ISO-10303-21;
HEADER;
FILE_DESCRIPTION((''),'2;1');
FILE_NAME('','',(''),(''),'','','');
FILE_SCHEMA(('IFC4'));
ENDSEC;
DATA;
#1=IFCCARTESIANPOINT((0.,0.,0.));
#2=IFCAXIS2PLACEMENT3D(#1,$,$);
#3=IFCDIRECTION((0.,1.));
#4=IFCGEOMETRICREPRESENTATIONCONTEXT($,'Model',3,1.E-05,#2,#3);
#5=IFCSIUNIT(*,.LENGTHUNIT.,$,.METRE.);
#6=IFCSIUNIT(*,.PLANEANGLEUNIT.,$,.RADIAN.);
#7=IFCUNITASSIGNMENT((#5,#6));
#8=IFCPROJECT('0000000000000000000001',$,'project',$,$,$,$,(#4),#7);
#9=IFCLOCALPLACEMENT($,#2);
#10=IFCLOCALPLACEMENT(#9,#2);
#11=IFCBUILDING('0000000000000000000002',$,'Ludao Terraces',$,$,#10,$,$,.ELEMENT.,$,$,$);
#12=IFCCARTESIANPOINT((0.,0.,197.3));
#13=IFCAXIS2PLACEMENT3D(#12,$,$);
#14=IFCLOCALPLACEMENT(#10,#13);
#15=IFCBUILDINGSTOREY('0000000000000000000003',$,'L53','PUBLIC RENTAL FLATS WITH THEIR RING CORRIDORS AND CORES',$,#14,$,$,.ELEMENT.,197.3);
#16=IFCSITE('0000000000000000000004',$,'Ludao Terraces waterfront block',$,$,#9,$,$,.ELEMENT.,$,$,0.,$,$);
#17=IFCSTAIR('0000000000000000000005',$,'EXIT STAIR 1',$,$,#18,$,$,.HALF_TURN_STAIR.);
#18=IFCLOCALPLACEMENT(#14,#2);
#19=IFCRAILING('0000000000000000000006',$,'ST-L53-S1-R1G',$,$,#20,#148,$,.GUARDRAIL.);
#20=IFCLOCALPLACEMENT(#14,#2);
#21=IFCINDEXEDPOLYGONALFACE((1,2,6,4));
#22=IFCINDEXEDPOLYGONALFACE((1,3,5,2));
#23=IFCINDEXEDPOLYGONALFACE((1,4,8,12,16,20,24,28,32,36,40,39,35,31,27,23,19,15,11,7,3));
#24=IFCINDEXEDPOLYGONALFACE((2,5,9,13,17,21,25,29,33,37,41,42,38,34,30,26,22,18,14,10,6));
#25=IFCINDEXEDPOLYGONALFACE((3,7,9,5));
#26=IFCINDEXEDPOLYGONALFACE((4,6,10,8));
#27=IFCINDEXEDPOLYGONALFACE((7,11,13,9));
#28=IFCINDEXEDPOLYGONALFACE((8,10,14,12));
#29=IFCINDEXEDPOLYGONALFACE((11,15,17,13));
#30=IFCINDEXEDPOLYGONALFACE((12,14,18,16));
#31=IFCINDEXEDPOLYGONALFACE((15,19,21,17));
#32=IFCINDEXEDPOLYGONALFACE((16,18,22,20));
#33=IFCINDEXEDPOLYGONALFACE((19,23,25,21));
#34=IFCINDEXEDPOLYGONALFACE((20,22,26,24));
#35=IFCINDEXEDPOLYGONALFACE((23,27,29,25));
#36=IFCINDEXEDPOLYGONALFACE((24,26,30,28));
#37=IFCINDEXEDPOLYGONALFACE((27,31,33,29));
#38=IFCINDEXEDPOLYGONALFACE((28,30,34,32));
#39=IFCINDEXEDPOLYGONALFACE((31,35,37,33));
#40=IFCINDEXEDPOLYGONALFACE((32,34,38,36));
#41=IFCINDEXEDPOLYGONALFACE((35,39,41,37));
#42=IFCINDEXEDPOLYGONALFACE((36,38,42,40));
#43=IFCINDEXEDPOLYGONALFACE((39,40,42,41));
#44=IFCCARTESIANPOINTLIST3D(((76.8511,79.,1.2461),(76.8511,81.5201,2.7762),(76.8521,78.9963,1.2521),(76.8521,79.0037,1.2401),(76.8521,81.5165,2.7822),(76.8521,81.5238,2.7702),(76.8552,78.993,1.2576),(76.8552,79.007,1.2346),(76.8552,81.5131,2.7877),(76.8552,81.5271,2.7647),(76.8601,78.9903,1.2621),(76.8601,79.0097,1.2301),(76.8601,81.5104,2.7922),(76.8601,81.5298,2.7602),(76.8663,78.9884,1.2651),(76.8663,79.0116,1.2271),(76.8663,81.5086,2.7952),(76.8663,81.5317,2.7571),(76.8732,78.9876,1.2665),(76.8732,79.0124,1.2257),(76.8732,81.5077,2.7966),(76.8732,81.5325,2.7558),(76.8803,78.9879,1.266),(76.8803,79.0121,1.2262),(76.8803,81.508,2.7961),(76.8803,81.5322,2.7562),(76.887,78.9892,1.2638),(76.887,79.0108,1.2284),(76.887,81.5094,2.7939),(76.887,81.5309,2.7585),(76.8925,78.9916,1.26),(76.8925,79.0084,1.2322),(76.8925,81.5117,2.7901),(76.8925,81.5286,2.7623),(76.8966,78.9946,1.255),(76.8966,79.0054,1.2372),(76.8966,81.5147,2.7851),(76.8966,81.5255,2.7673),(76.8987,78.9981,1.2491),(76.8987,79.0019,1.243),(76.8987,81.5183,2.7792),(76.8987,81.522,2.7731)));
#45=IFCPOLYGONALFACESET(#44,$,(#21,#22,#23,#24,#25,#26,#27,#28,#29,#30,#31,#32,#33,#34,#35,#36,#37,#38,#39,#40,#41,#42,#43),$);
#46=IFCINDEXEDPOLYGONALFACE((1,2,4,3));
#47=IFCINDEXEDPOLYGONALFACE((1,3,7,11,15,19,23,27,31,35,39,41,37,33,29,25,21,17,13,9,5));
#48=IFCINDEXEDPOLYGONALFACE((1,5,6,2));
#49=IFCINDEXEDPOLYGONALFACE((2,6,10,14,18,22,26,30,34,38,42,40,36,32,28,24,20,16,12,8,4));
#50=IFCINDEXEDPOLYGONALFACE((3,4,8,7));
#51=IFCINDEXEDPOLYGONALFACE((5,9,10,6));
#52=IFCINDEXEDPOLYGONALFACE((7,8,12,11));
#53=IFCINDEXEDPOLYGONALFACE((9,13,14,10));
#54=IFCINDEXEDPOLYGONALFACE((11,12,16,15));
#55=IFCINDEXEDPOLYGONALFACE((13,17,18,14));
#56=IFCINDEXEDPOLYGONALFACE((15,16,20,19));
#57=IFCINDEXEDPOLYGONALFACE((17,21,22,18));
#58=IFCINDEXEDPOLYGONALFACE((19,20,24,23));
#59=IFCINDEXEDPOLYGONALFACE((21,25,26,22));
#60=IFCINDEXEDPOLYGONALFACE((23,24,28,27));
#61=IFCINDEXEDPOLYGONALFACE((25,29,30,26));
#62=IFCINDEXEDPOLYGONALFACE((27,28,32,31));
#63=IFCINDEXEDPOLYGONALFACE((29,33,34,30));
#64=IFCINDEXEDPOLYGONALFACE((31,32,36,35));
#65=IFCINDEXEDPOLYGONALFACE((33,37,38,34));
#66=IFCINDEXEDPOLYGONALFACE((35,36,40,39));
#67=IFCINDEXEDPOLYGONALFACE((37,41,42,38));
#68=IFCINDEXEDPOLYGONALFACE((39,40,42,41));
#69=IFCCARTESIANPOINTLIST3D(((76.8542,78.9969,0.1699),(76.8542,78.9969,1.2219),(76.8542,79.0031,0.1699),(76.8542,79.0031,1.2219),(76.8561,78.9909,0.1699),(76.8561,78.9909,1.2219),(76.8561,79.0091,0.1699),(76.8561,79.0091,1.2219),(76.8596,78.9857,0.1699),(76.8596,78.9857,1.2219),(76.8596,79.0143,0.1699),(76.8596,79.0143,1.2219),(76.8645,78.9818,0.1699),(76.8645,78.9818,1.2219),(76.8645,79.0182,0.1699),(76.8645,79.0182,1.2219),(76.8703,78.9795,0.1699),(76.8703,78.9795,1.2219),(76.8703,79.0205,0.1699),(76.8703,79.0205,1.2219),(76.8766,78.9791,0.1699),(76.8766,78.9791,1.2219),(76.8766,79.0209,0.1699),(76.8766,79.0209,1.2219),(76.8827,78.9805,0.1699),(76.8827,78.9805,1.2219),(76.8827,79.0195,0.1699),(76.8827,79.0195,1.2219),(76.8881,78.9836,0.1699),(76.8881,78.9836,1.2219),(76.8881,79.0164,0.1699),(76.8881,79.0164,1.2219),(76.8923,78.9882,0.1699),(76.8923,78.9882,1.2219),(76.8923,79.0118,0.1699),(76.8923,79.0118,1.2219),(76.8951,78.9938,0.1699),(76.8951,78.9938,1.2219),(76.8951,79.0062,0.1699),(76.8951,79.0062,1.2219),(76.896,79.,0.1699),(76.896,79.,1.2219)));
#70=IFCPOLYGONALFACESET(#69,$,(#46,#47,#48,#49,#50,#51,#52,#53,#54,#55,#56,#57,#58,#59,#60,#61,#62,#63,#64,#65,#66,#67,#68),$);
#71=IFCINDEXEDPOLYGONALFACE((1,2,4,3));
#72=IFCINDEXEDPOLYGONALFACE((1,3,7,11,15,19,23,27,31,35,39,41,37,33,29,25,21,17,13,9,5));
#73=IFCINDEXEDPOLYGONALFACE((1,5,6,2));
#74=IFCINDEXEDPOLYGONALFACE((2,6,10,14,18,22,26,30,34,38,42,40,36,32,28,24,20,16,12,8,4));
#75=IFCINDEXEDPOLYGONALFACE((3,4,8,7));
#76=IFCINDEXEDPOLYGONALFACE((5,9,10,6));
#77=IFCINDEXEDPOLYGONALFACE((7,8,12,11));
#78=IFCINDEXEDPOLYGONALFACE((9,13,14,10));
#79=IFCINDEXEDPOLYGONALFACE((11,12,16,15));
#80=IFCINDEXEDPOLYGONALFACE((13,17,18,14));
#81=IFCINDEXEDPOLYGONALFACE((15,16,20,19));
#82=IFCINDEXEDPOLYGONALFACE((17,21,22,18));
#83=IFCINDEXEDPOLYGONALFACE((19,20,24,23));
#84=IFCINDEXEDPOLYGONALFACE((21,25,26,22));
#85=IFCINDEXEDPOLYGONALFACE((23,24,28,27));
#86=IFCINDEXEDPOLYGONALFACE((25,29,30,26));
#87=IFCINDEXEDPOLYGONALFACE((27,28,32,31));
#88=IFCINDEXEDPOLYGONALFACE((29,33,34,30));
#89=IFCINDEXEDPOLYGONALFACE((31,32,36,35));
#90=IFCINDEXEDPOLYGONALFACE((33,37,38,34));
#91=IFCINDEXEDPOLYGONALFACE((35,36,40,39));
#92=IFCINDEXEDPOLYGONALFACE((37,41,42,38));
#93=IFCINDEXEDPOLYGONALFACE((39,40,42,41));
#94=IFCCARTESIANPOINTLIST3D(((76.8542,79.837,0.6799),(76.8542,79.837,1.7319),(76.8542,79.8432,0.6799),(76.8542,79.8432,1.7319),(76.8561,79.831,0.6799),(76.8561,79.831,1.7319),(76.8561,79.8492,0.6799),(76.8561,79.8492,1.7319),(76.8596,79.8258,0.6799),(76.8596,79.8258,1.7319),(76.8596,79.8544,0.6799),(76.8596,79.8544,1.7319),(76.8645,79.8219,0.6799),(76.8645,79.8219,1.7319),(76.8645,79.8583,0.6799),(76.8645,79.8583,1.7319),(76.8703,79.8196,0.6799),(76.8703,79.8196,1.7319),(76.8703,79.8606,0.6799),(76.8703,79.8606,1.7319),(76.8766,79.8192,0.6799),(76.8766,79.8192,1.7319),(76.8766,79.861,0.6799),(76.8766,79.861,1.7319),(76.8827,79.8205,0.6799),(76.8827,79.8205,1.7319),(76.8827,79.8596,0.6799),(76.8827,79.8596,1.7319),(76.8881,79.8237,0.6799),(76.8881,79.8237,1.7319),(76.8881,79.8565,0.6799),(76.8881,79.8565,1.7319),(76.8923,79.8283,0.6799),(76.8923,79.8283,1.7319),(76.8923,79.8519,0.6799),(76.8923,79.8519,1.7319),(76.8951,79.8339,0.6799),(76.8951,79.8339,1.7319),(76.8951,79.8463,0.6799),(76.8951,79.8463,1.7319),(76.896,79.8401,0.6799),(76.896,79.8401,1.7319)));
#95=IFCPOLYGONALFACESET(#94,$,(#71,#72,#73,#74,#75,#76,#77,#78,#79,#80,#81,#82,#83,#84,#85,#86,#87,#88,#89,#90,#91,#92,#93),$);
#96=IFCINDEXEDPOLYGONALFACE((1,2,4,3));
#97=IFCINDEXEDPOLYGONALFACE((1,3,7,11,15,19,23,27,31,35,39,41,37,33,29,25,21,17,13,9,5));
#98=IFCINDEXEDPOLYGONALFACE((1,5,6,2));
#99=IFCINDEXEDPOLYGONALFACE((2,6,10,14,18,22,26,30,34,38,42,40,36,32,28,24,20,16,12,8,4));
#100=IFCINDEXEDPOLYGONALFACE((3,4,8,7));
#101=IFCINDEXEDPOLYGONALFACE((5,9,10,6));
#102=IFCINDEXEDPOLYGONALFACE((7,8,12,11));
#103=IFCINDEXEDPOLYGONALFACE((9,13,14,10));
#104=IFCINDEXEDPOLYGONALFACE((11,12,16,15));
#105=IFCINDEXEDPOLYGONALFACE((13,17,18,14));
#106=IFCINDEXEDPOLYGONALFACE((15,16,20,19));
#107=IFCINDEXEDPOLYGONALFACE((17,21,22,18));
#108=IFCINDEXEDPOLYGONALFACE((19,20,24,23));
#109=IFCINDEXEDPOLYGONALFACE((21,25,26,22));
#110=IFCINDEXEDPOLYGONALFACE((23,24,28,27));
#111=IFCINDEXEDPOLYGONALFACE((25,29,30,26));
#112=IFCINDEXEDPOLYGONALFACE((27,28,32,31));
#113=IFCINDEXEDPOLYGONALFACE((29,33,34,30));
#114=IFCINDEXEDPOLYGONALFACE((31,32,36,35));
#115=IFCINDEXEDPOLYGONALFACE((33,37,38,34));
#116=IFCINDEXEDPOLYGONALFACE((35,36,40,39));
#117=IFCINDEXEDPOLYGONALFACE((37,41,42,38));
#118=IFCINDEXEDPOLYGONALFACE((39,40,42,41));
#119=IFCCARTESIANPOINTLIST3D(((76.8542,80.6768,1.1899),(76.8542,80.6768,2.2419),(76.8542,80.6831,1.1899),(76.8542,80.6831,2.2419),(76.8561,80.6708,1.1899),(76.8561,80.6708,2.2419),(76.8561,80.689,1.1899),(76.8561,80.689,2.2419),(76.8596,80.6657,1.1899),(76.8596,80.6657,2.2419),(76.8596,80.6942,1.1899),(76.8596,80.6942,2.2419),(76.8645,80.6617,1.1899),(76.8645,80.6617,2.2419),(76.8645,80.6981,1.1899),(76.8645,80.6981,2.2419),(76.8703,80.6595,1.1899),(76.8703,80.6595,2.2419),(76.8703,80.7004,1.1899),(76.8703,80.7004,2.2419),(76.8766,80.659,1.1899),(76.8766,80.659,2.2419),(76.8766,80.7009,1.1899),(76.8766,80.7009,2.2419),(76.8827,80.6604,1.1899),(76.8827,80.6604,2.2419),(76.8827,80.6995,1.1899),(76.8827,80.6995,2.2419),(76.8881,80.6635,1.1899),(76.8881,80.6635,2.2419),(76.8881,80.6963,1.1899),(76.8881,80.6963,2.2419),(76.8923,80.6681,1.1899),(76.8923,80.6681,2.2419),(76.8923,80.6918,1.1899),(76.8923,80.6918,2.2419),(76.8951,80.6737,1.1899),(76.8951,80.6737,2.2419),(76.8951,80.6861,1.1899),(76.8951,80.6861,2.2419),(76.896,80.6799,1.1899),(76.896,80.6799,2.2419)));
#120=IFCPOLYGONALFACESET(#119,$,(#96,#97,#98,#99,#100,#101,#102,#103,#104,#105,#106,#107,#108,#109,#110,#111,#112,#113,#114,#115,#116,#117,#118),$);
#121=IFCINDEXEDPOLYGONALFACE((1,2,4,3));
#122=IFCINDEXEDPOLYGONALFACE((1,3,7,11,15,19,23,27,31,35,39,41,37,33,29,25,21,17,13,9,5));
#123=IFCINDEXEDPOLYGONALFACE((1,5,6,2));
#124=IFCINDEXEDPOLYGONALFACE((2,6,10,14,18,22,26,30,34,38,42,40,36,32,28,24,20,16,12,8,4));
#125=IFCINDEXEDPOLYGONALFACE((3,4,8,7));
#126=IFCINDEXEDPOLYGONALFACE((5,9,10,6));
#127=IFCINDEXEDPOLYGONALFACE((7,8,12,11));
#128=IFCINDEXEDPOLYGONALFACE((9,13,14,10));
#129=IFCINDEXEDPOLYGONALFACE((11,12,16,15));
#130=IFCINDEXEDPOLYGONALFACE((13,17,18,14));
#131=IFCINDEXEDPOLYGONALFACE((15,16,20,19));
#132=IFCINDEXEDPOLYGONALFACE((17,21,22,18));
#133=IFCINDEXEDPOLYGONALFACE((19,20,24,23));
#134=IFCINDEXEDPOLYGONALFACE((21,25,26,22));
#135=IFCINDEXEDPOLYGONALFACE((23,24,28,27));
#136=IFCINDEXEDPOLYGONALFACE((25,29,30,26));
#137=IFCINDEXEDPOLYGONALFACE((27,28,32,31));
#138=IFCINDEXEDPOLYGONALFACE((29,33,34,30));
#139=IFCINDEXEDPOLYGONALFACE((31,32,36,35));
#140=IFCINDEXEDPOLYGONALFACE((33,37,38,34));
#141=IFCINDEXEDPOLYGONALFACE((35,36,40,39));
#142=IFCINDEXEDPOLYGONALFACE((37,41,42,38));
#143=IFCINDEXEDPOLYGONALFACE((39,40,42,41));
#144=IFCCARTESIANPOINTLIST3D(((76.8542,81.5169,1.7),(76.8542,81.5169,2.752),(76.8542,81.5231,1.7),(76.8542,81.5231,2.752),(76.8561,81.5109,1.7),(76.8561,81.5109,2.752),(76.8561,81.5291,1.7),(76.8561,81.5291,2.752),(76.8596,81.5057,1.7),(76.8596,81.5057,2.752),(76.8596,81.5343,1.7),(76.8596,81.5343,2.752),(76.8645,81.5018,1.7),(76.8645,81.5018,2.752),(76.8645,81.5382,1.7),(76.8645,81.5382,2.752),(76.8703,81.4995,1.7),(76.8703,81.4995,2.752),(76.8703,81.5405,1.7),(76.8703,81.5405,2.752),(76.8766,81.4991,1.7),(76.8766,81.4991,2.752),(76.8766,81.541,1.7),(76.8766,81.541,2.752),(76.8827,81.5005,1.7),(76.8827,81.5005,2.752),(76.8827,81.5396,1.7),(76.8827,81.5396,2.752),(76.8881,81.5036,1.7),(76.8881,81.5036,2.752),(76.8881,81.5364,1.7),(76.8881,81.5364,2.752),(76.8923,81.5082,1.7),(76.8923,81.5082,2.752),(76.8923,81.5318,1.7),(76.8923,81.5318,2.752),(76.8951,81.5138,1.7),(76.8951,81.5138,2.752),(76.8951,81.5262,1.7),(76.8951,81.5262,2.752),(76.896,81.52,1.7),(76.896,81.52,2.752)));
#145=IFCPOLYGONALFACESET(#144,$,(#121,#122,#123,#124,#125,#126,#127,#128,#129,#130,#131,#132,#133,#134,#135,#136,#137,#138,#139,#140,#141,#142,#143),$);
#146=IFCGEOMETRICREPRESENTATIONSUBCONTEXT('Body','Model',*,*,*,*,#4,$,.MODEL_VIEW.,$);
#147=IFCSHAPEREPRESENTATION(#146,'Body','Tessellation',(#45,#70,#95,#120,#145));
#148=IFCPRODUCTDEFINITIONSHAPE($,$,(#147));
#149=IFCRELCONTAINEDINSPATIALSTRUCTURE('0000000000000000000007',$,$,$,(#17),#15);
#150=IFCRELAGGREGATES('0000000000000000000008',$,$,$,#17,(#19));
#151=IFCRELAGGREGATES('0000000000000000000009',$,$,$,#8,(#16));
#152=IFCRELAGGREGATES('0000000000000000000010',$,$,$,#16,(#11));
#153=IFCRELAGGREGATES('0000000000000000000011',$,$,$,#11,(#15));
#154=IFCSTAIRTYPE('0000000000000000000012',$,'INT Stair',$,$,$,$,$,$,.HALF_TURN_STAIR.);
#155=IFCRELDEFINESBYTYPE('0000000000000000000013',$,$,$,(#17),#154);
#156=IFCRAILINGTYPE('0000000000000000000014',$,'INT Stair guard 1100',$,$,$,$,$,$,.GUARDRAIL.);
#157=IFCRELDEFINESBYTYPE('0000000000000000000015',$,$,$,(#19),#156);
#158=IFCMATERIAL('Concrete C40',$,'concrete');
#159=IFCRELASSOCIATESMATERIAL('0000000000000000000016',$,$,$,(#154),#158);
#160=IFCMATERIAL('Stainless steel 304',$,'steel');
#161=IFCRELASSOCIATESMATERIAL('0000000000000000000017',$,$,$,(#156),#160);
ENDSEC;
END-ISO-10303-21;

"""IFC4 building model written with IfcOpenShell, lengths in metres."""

from ifc_helpers import new_model, si_unit, direction, frame, origin, origin_2d, place, context, subcontext, project, spatial, circle, extrude, material, type_object, element, aggregate, save


model = new_model("IFC4")

# Units and contexts
model_context = context("Model", 3, precision=1e-05, world=origin(), true_north=direction((0.0, 1.0)))
body_context = subcontext(model_context, "Body", "Model", "MODEL_VIEW")
ifc_project = project(units=[si_unit("LENGTHUNIT", "METRE"), si_unit("PLANEANGLEUNIT", "RADIAN")], contexts=[model_context])

# Site, building, storey
site_placement = place(None, origin())
site = spatial("IfcSite", under=ifc_project, at=site_placement, Name="Ludao Terraces waterfront block", CompositionType="ELEMENT", RefElevation=0.0)
building_placement = place(site_placement, origin())
building = spatial("IfcBuilding", under=site, at=building_placement, Name="Ludao Terraces", CompositionType="ELEMENT")
storey_placement = place(building_placement, frame((0.0, 0.0, 197.3)))
storey = spatial("IfcBuildingStorey", under=building, at=storey_placement, Name="L53", Description="PUBLIC RENTAL FLATS WITH THEIR RING CORRIDORS AND CORES", CompositionType="ELEMENT", Elevation=197.3)

# Shared definitions
ifc_material_1 = material(Name="Concrete C40", Category="concrete")

# Stair, railing
stair_type = type_object("IfcStairType", Name="INT Stair", PredefinedType="HALF_TURN_STAIR", material=ifc_material_1)
stair_placement = place(storey_placement, origin())
stair = element("IfcStair", 1, at=stair_placement, inside=storey, type_object=stair_type, Name="EXIT STAIR 1", PredefinedType="HALF_TURN_STAIR")
ifc_material_2 = material(Name="Stainless steel 304", Category="steel")
railing_type_1 = type_object("IfcRailingType", Name="INT Stair guard 1100", PredefinedType="GUARDRAIL", material=ifc_material_2)
railing_1_placement = place(storey_placement, frame((76.875, 79.0, 0.1699)))
railing_1 = element("IfcRailing", 2, at=railing_1_placement, type_object=railing_type_1, Name="ST-L53-S1-R1G", PredefinedType="GUARDRAIL", context=body_context, shape_type="SweptSolid", body=[
    extrude(circle(Radius=0.0239, at=origin_2d()), frame((0.0, 0.0, 1.0762), z_axis=(0.0, 0.854785, 0.518982), x_axis=(-1.0, 0.0, 0.0)), (0.0, 0.0, 1.0), 2.9482),
    extrude(circle(Radius=0.021, at=origin_2d()), origin(), (0.0, 0.0, 1.0), 1.052),
    extrude(circle(Radius=0.021, at=origin_2d()), frame((0.0, 0.8401, 0.51)), (0.0, 0.0, 1.0), 1.052),
    extrude(circle(Radius=0.021, at=origin_2d()), frame((0.0, 1.6799, 1.02)), (0.0, 0.0, 1.0), 1.052),
    extrude(circle(Radius=0.021, at=origin_2d()), frame((0.0, 2.52, 1.53)), (0.0, 0.0, 1.0), 1.052),
])
aggregate(stair, [railing_1])

save(model, "model.ifc")
